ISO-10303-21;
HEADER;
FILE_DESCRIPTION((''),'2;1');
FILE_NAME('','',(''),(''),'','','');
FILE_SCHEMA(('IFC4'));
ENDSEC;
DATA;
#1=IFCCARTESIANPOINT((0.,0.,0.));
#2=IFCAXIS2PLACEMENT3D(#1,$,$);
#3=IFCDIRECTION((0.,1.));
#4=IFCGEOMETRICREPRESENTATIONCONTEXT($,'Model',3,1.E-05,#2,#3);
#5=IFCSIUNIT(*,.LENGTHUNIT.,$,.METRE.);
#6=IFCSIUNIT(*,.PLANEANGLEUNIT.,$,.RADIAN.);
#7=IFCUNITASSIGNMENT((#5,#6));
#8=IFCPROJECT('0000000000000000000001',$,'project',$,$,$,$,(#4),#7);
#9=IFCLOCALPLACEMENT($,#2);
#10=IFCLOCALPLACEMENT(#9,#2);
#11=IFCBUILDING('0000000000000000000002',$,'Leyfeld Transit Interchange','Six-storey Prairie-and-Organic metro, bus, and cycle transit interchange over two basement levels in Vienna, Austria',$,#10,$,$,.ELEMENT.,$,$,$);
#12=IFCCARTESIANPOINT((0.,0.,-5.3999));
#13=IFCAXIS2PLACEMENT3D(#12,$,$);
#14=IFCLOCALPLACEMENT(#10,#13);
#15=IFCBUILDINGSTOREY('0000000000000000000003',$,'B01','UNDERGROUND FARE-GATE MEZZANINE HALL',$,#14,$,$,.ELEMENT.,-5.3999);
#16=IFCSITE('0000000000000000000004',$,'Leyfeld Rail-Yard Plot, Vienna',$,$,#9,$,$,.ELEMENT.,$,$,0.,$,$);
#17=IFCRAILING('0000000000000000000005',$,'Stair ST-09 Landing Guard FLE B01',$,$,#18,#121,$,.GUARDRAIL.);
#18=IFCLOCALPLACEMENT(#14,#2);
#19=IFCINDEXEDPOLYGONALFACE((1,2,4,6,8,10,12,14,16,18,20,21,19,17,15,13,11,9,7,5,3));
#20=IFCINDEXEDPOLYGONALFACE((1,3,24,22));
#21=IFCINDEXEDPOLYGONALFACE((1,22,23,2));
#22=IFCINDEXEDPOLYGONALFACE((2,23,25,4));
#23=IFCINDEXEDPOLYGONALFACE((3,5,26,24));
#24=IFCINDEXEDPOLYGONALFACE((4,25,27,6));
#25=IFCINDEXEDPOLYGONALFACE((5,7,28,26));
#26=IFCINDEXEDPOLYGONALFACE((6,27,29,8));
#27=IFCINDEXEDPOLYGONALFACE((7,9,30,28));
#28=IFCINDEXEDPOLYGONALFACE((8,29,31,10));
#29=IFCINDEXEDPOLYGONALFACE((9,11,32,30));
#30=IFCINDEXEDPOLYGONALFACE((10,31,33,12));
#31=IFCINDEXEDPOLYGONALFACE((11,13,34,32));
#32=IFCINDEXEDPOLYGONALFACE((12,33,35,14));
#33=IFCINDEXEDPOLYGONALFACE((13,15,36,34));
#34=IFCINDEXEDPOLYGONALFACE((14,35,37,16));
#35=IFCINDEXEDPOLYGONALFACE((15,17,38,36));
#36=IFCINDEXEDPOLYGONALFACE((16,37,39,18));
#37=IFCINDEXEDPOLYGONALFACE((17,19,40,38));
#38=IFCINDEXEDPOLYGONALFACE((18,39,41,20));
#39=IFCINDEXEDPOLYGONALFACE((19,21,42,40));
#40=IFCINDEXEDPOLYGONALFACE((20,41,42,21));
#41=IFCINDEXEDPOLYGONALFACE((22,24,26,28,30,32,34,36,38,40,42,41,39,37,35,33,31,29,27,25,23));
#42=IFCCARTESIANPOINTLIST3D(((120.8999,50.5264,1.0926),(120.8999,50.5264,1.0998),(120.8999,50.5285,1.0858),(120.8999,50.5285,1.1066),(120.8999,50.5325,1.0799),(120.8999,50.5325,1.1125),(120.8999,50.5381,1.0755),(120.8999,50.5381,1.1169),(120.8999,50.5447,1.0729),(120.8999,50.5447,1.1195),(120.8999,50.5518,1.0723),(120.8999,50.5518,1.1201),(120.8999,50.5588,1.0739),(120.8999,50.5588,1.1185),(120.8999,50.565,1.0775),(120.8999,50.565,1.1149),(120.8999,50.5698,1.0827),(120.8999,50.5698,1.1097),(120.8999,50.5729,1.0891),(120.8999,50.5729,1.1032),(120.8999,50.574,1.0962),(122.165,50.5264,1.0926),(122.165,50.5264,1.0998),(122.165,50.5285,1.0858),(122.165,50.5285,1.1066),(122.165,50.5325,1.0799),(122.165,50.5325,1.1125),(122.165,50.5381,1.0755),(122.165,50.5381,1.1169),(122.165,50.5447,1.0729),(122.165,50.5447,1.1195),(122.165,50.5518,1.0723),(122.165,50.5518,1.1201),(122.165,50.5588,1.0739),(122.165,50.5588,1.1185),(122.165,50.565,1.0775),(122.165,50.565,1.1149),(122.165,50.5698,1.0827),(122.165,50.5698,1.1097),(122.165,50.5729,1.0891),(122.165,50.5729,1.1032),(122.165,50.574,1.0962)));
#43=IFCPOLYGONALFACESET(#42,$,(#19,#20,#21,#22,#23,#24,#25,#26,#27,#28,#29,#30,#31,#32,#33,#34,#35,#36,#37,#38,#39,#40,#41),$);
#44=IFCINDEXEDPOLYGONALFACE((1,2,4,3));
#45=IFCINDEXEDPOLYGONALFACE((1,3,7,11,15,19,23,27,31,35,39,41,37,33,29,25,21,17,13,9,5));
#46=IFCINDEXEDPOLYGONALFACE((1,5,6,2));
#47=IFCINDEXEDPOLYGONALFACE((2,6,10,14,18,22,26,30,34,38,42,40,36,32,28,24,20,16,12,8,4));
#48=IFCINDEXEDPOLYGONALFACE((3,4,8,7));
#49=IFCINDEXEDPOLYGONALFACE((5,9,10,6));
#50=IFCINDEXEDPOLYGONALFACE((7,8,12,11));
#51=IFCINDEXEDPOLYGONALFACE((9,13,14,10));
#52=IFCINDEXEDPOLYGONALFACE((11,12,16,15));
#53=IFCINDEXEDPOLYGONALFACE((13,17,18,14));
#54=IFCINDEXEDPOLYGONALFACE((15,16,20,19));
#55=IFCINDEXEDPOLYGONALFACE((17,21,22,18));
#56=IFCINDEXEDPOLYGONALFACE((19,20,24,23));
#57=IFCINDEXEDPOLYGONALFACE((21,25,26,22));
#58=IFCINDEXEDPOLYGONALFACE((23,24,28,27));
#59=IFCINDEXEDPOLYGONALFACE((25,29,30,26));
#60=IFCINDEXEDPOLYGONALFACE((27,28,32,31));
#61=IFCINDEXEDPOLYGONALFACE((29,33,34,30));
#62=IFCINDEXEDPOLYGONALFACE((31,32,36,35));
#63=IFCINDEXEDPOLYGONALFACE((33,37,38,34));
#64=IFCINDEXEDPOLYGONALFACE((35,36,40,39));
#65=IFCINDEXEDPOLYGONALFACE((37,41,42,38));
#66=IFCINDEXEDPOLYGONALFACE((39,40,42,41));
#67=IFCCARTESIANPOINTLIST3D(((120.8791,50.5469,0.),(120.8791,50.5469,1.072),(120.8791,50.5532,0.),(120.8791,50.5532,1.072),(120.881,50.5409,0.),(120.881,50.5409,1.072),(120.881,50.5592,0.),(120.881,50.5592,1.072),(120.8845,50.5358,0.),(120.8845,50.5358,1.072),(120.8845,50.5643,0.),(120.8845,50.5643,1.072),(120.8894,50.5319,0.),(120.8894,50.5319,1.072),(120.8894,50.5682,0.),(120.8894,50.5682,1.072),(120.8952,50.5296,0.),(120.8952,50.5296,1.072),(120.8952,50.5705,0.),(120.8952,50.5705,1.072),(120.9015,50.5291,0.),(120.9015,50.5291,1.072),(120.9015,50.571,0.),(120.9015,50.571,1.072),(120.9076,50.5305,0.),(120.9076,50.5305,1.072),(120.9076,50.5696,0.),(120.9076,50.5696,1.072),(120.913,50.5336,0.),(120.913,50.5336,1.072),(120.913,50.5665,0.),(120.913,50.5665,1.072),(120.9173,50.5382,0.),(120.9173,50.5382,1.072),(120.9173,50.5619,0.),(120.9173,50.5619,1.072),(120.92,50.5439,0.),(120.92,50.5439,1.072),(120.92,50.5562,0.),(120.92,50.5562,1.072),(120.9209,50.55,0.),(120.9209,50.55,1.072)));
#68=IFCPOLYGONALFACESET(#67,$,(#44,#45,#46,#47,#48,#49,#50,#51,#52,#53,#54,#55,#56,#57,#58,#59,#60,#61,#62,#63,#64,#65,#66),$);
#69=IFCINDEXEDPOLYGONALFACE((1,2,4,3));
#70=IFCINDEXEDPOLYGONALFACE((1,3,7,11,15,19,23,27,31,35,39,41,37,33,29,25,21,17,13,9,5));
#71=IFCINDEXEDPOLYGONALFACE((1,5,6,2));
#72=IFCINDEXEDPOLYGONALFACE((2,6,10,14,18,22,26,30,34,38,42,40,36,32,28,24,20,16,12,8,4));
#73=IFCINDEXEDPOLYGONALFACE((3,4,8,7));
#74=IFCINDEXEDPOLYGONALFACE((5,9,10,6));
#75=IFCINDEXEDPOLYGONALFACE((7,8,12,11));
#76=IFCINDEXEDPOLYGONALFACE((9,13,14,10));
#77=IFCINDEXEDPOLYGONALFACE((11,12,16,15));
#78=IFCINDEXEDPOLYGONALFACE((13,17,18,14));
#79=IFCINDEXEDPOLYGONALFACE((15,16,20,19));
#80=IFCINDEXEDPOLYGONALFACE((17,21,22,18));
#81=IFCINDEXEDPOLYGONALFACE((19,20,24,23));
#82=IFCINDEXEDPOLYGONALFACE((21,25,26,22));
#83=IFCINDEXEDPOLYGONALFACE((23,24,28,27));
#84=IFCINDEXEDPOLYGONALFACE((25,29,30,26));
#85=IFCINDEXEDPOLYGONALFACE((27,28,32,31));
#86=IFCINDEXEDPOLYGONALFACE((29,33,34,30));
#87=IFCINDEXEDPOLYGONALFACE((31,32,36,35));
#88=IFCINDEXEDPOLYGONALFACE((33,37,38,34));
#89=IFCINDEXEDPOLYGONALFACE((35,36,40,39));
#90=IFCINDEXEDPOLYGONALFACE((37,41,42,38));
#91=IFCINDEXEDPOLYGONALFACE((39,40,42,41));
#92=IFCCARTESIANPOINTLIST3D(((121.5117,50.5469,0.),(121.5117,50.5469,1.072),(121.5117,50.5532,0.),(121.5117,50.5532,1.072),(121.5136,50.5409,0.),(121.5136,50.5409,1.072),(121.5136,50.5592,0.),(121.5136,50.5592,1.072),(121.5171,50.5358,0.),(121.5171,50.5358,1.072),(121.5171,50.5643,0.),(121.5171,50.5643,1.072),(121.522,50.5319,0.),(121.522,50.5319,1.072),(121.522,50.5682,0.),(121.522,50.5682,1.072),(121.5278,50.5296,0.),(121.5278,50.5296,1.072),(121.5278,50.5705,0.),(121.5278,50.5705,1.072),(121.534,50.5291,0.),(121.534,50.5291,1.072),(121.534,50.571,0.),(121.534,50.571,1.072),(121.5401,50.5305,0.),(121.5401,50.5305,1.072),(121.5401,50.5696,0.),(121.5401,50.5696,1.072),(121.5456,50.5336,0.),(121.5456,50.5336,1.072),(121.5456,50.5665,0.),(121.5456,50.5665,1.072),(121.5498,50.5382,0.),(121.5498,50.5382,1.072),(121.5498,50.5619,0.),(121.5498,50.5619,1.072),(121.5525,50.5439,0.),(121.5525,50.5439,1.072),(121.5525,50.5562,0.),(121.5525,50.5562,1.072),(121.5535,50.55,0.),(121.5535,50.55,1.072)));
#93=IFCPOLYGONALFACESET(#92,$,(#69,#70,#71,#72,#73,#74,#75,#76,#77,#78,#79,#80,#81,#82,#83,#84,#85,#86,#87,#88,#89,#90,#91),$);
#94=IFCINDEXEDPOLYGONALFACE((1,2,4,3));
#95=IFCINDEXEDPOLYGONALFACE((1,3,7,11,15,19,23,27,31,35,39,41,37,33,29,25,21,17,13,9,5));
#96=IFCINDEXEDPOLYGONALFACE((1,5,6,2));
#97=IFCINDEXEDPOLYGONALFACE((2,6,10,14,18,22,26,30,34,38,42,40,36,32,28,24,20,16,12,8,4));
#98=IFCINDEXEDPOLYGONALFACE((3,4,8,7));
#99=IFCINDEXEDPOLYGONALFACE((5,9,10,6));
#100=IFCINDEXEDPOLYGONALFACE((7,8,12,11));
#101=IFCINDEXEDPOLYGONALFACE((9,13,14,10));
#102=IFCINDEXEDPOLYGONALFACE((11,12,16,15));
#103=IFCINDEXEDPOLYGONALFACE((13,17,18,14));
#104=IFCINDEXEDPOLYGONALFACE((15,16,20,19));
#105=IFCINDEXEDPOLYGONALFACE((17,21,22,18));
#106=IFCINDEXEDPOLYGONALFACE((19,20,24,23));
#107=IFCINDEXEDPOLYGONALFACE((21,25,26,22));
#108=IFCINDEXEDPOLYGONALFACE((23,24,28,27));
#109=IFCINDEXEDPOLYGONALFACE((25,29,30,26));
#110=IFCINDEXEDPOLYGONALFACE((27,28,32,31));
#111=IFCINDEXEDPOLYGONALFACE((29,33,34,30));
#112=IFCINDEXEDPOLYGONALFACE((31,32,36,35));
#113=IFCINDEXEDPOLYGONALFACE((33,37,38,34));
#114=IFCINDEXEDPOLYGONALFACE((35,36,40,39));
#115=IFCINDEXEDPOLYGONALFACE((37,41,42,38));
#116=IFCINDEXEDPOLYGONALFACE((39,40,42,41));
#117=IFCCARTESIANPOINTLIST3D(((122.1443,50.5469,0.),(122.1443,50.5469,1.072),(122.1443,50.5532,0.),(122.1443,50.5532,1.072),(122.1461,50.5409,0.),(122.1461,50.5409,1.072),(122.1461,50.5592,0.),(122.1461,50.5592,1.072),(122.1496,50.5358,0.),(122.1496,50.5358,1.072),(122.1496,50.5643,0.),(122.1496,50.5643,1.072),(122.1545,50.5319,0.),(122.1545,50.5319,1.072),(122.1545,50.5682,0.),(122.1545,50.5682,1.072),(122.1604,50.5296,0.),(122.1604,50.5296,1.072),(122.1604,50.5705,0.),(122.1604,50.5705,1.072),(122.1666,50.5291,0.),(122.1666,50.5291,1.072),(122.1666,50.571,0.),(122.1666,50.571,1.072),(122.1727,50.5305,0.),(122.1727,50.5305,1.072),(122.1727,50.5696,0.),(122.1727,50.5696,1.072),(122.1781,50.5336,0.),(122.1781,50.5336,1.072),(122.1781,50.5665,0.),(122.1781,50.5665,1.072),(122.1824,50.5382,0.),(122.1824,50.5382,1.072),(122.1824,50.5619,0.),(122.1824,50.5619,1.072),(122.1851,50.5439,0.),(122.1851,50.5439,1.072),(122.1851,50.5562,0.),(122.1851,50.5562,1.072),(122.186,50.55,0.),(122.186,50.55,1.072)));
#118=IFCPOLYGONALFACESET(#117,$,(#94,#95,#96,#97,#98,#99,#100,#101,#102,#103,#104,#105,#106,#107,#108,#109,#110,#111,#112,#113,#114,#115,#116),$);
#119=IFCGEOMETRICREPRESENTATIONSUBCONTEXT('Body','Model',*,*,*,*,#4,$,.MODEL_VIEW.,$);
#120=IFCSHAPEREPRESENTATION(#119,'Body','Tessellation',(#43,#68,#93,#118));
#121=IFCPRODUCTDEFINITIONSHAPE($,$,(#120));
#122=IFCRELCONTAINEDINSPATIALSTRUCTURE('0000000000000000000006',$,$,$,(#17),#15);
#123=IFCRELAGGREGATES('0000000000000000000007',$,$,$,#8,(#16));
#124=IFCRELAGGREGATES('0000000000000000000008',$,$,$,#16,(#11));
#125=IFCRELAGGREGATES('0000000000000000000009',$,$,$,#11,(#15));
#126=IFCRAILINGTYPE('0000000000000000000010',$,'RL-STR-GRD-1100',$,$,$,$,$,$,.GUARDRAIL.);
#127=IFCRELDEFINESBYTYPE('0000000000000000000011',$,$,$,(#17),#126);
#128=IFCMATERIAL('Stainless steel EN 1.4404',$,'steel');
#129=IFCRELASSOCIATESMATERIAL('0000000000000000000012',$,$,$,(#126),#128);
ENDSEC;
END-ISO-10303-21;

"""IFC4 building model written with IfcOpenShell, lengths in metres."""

from ifc_helpers import new_model, si_unit, direction, frame, origin, origin_2d, place, context, subcontext, project, spatial, circle, extrude, material, type_object, element, save


model = new_model("IFC4")

# Units and contexts
model_context = context("Model", 3, precision=1e-05, world=origin(), true_north=direction((0.0, 1.0)))
body_context = subcontext(model_context, "Body", "Model", "MODEL_VIEW")
ifc_project = project(units=[si_unit("LENGTHUNIT", "METRE"), si_unit("PLANEANGLEUNIT", "RADIAN")], contexts=[model_context])

# Site, building, storey
site_placement = place(None, origin())
site = spatial("IfcSite", under=ifc_project, at=site_placement, Name="Leyfeld Rail-Yard Plot, Vienna", CompositionType="ELEMENT", RefElevation=0.0)
building_placement = place(site_placement, origin())
building = spatial("IfcBuilding", under=site, at=building_placement, Name="Leyfeld Transit Interchange", Description="Six-storey Prairie-and-Organic metro, bus, and cycle transit interchange over two basement levels in Vienna, Austria", CompositionType="ELEMENT")
storey_placement = place(building_placement, frame((0.0, 0.0, -5.3999)))
storey = spatial("IfcBuildingStorey", under=building, at=storey_placement, Name="B01", Description="UNDERGROUND FARE-GATE MEZZANINE HALL", CompositionType="ELEMENT", Elevation=-5.3999)

# Railing
ifc_material_1 = material(Name="Stainless steel EN 1.4404", Category="steel")
railing_type_1 = type_object("IfcRailingType", Name="RL-STR-GRD-1100", PredefinedType="GUARDRAIL", material=ifc_material_1)
railing_1_placement = place(storey_placement, frame((120.8999, 50.55, 0.0)))
element("IfcRailing", 1, at=railing_1_placement, inside=storey, type_object=railing_type_1, Name="Stair ST-09 Landing Guard FLE B01", PredefinedType="GUARDRAIL", context=body_context, shape_type="SweptSolid", body=[
    extrude(circle(Radius=0.0239, at=origin_2d()), frame((0.0, 0.0, 1.0962), z_axis=(1.0, 0.0, 0.0), x_axis=(0.0, 1.0, 0.0)), (0.0, 0.0, 1.0), 1.2651),
    extrude(circle(Radius=0.021, at=origin_2d()), origin(), (0.0, 0.0, 1.0), 1.072),
    extrude(circle(Radius=0.021, at=origin_2d()), frame((0.6326, 0.0, 0.0)), (0.0, 0.0, 1.0), 1.072),
    extrude(circle(Radius=0.021, at=origin_2d()), frame((1.2651, 0.0, 0.0)), (0.0, 0.0, 1.0), 1.072),
])

save(model, "model.ifc")
